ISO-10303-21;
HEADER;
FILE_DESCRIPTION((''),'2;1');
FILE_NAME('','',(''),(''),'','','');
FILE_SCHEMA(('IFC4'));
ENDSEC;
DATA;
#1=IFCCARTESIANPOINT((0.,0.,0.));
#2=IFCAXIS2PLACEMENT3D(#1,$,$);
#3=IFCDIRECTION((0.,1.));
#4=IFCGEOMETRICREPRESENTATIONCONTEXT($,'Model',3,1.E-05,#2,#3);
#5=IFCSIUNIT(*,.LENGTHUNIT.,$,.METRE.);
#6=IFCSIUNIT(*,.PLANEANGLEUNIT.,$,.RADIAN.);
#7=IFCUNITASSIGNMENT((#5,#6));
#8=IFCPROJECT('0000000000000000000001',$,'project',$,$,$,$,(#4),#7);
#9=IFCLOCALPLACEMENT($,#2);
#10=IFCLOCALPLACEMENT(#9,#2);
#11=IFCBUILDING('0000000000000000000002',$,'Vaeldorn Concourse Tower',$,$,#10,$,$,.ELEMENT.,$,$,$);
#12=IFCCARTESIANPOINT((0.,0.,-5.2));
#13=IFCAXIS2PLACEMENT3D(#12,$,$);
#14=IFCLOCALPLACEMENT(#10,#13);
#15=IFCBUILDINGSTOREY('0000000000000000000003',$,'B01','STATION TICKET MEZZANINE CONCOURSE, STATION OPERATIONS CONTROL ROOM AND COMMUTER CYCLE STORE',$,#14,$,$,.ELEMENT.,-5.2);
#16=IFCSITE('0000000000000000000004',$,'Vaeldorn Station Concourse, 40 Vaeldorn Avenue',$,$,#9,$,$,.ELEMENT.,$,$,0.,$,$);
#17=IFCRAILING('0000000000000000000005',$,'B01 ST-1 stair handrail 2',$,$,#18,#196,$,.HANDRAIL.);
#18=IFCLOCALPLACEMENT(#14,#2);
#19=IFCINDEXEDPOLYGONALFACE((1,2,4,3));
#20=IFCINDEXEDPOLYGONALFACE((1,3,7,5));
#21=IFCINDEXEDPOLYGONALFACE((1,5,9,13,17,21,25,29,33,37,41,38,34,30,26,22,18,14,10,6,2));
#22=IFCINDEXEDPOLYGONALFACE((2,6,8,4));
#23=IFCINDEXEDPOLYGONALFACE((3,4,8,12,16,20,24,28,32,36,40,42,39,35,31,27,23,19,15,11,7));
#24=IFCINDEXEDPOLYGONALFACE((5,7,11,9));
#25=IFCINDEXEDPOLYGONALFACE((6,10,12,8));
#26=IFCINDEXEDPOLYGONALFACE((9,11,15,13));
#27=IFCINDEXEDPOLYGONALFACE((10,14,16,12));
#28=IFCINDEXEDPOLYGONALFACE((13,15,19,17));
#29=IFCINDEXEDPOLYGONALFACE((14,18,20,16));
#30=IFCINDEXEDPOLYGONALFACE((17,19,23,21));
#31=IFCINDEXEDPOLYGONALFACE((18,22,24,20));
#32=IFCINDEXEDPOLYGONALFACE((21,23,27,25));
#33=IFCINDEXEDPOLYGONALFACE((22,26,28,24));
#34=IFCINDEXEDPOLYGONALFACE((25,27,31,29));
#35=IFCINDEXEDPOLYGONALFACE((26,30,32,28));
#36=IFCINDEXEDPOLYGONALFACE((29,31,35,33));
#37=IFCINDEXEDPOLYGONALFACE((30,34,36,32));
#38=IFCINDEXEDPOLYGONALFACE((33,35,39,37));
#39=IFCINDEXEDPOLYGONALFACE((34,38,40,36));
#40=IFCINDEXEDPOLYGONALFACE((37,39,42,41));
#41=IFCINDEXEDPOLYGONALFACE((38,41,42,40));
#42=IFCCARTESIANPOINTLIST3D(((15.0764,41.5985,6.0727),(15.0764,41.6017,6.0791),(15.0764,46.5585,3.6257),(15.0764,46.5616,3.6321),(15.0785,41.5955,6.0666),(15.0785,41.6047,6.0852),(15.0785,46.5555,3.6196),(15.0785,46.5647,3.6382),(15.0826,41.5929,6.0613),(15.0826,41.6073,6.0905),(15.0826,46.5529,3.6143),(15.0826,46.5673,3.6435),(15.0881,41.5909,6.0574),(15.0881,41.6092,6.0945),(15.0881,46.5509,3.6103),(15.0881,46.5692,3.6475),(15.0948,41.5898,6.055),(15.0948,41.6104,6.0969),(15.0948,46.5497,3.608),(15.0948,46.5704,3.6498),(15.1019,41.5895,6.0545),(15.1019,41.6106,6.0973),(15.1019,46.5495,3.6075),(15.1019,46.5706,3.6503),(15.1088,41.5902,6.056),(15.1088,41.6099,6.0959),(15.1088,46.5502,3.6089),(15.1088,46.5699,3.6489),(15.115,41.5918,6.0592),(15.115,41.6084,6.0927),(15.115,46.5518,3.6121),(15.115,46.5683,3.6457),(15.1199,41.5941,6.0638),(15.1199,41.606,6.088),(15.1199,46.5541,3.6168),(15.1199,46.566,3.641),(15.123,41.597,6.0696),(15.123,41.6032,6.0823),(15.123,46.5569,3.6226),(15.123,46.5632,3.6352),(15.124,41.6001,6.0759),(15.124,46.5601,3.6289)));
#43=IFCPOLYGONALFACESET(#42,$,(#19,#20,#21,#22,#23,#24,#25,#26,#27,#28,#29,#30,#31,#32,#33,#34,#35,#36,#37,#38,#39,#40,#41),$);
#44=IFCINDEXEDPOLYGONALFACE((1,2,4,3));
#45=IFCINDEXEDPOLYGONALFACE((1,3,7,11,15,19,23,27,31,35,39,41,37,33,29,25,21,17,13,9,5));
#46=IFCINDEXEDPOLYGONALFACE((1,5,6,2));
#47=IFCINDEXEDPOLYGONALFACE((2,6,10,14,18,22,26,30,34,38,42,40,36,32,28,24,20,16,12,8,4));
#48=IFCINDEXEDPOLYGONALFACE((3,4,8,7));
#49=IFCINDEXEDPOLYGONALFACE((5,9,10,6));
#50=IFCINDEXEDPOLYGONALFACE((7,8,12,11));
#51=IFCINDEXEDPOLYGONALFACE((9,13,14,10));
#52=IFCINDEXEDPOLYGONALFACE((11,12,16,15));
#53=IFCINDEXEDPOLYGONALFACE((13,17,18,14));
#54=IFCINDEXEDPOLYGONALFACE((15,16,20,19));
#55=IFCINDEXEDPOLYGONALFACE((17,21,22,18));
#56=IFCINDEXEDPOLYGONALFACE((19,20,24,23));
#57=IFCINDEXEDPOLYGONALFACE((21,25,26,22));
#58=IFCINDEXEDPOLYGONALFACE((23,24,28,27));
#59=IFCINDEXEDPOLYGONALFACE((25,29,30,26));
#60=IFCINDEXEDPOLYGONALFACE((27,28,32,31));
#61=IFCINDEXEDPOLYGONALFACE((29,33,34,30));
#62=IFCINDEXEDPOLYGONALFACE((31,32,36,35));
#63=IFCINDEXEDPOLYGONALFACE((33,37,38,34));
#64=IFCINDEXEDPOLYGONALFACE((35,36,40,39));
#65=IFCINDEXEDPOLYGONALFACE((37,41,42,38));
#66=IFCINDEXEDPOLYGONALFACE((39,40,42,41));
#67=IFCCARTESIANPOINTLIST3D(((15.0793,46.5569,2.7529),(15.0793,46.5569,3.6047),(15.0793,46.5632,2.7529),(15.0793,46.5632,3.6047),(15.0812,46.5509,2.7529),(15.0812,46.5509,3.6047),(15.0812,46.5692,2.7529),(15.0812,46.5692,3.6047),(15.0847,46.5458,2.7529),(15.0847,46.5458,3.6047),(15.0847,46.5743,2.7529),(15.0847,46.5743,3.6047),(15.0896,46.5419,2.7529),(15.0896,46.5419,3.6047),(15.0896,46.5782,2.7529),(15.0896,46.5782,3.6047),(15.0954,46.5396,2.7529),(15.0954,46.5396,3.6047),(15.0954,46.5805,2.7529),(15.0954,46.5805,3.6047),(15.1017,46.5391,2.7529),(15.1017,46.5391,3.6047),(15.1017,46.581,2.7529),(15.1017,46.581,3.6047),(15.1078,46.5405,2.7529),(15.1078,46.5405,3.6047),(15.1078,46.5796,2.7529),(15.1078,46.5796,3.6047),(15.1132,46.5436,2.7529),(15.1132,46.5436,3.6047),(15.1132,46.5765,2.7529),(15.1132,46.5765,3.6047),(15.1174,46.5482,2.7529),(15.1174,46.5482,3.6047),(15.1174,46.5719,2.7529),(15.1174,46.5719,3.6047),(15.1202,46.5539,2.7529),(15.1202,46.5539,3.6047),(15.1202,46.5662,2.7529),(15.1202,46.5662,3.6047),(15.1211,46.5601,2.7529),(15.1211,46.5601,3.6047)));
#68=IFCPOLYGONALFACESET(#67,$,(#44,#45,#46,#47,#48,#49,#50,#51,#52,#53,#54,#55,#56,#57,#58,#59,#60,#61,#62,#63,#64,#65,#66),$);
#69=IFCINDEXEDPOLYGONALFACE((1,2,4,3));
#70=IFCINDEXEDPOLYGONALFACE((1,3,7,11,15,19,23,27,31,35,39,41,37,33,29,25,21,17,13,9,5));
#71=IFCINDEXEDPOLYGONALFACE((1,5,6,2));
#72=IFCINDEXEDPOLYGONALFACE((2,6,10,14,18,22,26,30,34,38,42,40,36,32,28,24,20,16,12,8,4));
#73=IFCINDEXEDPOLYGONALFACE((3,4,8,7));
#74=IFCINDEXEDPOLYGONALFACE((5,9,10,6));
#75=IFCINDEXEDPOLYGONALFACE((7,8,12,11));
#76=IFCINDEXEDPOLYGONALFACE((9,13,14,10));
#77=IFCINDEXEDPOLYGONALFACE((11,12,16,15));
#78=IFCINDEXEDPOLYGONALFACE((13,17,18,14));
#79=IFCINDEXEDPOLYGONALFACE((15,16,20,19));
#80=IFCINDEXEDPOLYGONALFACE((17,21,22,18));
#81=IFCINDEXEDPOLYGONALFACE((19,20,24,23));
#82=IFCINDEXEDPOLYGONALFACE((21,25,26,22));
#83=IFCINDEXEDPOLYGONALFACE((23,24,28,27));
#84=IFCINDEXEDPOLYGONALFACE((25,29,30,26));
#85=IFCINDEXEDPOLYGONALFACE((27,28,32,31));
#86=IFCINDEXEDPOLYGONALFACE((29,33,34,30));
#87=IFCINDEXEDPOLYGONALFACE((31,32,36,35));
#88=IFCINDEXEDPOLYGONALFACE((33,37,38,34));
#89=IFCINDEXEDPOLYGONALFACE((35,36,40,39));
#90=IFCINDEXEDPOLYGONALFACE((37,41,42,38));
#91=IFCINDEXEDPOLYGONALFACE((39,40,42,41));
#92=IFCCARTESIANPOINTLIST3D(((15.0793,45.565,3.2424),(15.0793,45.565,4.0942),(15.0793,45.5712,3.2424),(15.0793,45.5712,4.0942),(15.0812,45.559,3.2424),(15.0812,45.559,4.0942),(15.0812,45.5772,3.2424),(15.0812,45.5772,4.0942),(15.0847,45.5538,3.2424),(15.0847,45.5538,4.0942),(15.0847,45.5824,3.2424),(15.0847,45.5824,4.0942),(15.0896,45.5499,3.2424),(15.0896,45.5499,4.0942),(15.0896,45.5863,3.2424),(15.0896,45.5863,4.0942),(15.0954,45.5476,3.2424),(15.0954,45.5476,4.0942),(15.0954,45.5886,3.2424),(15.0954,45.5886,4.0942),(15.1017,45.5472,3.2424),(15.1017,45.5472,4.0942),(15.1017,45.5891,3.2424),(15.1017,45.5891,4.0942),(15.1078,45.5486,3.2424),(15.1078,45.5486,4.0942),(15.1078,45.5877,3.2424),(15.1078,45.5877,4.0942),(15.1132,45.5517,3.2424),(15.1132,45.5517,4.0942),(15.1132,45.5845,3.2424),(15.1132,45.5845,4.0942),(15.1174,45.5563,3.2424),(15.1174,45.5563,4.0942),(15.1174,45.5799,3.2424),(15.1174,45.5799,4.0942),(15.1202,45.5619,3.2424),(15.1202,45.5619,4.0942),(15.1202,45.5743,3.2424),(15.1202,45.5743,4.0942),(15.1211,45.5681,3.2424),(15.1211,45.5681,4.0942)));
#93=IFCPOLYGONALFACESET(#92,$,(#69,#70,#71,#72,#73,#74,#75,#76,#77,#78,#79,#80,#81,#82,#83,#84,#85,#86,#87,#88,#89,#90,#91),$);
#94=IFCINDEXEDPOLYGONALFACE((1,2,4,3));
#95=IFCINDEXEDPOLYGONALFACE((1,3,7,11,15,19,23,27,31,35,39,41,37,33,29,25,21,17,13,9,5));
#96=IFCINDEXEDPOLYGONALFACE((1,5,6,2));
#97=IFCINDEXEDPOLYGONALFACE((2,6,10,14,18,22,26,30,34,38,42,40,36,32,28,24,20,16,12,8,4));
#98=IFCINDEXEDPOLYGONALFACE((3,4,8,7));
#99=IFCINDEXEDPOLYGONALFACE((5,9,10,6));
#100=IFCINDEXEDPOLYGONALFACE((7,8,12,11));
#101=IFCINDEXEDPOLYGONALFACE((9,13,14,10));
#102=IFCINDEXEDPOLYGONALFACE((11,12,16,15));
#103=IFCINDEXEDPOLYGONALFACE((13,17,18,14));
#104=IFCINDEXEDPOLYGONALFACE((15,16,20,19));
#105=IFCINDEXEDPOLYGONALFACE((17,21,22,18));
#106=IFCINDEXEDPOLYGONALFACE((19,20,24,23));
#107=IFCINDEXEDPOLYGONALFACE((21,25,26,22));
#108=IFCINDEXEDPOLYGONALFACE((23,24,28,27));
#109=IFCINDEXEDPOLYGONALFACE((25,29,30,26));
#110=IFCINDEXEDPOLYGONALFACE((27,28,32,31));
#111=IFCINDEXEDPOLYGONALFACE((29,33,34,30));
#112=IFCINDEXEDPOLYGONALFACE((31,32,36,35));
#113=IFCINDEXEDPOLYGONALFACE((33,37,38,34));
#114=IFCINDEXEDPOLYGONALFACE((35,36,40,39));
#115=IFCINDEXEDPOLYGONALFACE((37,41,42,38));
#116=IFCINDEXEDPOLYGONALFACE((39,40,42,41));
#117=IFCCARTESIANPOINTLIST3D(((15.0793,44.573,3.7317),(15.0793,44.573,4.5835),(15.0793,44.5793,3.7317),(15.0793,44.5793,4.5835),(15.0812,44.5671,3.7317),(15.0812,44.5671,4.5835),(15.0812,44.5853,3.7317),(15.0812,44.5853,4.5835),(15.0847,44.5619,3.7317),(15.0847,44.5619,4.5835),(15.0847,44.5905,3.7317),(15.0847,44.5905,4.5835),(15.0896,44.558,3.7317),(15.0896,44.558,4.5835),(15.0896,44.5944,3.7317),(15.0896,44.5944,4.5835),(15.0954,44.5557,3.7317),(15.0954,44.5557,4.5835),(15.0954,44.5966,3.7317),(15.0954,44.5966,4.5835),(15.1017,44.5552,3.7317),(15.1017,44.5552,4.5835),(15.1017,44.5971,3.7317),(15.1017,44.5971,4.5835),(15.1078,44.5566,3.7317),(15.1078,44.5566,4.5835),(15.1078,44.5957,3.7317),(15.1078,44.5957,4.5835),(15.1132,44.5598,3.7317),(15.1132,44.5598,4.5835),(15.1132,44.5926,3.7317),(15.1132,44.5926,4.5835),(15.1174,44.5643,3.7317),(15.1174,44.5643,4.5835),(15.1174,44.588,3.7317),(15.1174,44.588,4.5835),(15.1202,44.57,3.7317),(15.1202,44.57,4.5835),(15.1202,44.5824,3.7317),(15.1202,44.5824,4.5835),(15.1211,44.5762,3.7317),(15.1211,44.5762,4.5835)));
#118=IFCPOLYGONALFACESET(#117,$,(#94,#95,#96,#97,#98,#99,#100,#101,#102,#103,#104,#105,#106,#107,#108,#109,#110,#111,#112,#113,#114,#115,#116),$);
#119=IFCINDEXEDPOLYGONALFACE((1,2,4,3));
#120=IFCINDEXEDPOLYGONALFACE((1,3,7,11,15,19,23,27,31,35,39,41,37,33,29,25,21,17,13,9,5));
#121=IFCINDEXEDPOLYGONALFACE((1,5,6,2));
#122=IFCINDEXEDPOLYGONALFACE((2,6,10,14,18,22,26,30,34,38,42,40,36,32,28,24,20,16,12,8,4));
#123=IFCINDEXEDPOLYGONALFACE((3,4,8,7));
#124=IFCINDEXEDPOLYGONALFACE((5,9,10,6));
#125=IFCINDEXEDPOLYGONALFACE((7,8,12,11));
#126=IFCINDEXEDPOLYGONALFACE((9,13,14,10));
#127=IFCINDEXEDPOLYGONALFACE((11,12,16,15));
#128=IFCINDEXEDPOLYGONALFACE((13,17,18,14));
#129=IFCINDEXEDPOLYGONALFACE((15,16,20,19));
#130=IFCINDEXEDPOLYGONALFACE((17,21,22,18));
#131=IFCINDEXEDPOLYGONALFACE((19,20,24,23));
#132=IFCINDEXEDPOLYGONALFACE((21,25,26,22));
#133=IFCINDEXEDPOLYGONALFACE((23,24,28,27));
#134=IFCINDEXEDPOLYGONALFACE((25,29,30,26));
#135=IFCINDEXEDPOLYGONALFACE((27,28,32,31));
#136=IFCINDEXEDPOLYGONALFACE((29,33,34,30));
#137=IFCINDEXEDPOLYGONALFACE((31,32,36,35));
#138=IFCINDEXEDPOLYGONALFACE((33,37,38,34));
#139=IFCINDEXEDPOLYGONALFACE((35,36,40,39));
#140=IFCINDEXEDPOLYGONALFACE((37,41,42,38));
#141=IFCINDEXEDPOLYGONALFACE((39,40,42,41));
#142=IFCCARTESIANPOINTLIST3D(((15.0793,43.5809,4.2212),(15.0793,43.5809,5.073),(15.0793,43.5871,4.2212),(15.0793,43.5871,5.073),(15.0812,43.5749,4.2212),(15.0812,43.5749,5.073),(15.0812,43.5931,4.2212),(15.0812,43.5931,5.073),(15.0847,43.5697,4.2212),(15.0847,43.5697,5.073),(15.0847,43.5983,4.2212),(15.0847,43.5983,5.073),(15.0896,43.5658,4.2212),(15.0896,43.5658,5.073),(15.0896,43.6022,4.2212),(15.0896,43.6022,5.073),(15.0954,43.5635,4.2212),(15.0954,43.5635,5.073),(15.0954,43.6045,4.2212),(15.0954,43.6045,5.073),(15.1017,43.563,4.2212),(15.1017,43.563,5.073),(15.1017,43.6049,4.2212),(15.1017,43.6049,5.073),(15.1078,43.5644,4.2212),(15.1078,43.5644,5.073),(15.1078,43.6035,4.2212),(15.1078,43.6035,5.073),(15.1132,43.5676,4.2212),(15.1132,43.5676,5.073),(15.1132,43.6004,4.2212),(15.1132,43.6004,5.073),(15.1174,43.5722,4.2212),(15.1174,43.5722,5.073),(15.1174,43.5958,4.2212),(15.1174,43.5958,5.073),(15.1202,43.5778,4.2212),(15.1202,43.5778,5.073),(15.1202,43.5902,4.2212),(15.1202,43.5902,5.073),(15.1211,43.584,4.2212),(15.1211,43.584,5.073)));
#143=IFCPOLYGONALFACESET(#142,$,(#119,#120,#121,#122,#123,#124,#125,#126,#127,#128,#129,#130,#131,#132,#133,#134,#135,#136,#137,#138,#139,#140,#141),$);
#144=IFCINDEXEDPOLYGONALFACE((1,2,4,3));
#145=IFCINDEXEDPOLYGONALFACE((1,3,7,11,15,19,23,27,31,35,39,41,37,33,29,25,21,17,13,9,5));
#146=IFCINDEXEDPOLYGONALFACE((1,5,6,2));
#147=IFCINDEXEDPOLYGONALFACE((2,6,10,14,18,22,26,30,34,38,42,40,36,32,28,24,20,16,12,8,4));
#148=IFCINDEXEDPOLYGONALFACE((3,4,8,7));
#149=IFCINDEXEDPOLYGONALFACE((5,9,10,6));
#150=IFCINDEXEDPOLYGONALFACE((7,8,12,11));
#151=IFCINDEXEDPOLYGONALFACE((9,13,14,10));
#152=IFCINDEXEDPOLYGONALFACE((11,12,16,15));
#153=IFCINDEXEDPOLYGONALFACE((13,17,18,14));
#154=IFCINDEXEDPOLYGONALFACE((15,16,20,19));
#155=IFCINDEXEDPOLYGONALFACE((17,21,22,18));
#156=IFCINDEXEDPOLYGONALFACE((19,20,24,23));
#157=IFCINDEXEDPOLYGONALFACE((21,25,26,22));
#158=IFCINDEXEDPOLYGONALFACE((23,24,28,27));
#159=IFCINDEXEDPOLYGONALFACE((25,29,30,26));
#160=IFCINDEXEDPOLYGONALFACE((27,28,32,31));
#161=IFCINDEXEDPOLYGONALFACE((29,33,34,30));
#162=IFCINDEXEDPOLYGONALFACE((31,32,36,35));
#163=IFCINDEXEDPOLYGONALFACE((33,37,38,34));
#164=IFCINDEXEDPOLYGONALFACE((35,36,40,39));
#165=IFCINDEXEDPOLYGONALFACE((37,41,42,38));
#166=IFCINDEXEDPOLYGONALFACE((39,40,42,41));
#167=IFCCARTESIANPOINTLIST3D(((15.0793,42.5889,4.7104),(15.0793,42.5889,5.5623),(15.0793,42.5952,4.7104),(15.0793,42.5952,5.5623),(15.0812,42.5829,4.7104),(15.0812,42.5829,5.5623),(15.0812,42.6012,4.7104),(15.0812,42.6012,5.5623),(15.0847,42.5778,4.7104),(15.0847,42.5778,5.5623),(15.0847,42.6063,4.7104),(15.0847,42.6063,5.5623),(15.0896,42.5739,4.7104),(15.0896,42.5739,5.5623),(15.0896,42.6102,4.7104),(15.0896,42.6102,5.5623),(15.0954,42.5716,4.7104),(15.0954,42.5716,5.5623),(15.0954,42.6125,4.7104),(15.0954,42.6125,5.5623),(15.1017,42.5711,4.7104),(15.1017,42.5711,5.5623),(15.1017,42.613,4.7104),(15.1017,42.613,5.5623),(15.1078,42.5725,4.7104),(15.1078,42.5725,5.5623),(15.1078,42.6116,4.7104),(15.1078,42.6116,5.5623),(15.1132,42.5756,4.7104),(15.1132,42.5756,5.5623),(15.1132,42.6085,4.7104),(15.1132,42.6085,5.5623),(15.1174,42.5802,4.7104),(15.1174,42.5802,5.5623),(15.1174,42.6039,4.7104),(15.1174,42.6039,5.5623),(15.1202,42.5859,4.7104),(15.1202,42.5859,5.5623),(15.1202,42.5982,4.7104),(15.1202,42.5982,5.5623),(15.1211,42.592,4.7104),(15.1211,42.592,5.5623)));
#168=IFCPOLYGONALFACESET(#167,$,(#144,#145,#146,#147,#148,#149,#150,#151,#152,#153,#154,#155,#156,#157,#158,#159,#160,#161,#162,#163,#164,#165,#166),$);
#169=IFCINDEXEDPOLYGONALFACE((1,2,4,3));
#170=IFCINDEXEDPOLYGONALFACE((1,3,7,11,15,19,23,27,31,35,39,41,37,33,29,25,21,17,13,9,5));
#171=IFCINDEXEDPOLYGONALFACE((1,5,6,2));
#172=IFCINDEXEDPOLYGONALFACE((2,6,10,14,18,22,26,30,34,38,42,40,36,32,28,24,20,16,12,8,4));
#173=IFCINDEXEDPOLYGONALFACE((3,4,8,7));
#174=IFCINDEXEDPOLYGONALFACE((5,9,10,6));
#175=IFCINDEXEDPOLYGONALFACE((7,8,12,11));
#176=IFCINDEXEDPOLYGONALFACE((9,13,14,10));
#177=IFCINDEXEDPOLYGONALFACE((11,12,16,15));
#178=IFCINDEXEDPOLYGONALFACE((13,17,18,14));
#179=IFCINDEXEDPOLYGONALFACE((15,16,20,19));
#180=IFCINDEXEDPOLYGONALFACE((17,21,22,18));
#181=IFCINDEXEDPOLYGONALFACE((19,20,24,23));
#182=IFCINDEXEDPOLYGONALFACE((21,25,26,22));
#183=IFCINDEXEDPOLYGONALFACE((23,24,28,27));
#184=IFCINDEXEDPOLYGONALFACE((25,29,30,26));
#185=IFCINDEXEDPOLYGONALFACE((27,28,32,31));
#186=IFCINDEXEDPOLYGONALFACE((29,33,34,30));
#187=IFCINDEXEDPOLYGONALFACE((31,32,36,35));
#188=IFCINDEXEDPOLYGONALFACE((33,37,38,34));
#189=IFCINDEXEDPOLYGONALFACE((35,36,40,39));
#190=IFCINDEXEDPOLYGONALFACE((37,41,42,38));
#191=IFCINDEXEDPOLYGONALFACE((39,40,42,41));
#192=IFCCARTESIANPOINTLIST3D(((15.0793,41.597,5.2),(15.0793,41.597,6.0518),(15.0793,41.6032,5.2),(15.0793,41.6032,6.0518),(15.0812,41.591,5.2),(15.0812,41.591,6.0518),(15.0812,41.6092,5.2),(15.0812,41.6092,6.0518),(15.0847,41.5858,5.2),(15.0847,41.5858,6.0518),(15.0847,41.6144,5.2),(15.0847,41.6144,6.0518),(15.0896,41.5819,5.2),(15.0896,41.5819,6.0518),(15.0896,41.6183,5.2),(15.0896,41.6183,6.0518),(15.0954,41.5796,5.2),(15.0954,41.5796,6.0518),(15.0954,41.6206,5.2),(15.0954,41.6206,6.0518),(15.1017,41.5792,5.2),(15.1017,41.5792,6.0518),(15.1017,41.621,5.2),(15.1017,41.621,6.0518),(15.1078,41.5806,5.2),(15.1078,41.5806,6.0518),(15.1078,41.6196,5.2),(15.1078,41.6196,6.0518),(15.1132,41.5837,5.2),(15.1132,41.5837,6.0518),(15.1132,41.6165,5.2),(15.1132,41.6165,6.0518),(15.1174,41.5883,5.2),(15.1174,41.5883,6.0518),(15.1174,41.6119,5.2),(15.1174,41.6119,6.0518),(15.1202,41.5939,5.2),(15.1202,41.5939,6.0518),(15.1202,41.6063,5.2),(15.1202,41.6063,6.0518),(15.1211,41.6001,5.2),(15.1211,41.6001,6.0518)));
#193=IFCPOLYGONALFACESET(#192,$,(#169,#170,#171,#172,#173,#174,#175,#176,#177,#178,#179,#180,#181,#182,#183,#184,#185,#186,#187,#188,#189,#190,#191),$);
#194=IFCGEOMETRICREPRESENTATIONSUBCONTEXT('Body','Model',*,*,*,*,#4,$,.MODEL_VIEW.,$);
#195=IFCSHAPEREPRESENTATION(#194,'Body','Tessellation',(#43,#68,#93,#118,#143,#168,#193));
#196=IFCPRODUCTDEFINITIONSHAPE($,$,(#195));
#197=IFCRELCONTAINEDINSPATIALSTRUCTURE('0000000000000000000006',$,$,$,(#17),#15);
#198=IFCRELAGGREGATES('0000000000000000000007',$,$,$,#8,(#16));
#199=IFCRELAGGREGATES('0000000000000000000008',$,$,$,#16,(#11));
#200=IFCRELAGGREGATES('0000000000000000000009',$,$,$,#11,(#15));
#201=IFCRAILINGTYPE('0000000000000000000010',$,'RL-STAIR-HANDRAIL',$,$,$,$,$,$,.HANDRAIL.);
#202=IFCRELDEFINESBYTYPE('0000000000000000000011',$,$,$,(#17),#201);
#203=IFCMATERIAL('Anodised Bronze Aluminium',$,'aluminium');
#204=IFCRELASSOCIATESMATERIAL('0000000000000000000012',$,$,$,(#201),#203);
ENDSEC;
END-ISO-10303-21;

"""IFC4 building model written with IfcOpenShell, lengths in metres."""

from ifc_helpers import new_model, si_unit, direction, frame, origin, origin_2d, place, context, subcontext, project, spatial, circle, extrude, material, type_object, element, save


model = new_model("IFC4")

# Units and contexts
model_context = context("Model", 3, precision=1e-05, world=origin(), true_north=direction((0.0, 1.0)))
body_context = subcontext(model_context, "Body", "Model", "MODEL_VIEW")
ifc_project = project(units=[si_unit("LENGTHUNIT", "METRE"), si_unit("PLANEANGLEUNIT", "RADIAN")], contexts=[model_context])

# Site, building, storey
site_placement = place(None, origin())
site = spatial("IfcSite", under=ifc_project, at=site_placement, Name="Vaeldorn Station Concourse, 40 Vaeldorn Avenue", CompositionType="ELEMENT", RefElevation=0.0)
building_placement = place(site_placement, origin())
building = spatial("IfcBuilding", under=site, at=building_placement, Name="Vaeldorn Concourse Tower", CompositionType="ELEMENT")
storey_placement = place(building_placement, frame((0.0, 0.0, -5.2)))
storey = spatial("IfcBuildingStorey", under=building, at=storey_placement, Name="B01", Description="STATION TICKET MEZZANINE CONCOURSE, STATION OPERATIONS CONTROL ROOM AND COMMUTER CYCLE STORE", CompositionType="ELEMENT", Elevation=-5.2)

# Shared definitions
ifc_material_1 = material(Name="Anodised Bronze Aluminium", Category="aluminium")

# Railing
railing_type_1 = type_object("IfcRailingType", Name="RL-STAIR-HANDRAIL", PredefinedType="HANDRAIL", material=ifc_material_1)
railing_1_placement = place(storey_placement, frame((15.1001, 46.5601, 2.7529)))
element("IfcRailing", 1, at=railing_1_placement, inside=storey, type_object=railing_type_1, Name="B01 ST-1 stair handrail 2", PredefinedType="HANDRAIL", context=body_context, shape_type="SweptSolid", body=[
    extrude(circle(Radius=0.0239, at=origin_2d()), frame((0.0, 0.0, 0.876), z_axis=(0.0, -0.896798, 0.44244), x_axis=(1.0, 0.0, 0.0)), (0.0, 0.0, 1.0), 5.5308),
    extrude(circle(Radius=0.021, at=origin_2d()), origin(), (0.0, 0.0, 1.0), 0.8518),
    extrude(circle(Radius=0.021, at=origin_2d()), frame((0.0, -0.9919, 0.4895)), (0.0, 0.0, 1.0), 0.8518),
    extrude(circle(Radius=0.021, at=origin_2d()), frame((0.0, -1.9839, 0.9788)), (0.0, 0.0, 1.0), 0.8518),
    extrude(circle(Radius=0.021, at=origin_2d()), frame((0.0, -2.9761, 1.4683)), (0.0, 0.0, 1.0), 0.8518),
    extrude(circle(Radius=0.021, at=origin_2d()), frame((0.0, -3.968, 1.9575)), (0.0, 0.0, 1.0), 0.8518),
    extrude(circle(Radius=0.021, at=origin_2d()), frame((0.0, -4.96, 2.447)), (0.0, 0.0, 1.0), 0.8518),
])

save(model, "model.ifc")
